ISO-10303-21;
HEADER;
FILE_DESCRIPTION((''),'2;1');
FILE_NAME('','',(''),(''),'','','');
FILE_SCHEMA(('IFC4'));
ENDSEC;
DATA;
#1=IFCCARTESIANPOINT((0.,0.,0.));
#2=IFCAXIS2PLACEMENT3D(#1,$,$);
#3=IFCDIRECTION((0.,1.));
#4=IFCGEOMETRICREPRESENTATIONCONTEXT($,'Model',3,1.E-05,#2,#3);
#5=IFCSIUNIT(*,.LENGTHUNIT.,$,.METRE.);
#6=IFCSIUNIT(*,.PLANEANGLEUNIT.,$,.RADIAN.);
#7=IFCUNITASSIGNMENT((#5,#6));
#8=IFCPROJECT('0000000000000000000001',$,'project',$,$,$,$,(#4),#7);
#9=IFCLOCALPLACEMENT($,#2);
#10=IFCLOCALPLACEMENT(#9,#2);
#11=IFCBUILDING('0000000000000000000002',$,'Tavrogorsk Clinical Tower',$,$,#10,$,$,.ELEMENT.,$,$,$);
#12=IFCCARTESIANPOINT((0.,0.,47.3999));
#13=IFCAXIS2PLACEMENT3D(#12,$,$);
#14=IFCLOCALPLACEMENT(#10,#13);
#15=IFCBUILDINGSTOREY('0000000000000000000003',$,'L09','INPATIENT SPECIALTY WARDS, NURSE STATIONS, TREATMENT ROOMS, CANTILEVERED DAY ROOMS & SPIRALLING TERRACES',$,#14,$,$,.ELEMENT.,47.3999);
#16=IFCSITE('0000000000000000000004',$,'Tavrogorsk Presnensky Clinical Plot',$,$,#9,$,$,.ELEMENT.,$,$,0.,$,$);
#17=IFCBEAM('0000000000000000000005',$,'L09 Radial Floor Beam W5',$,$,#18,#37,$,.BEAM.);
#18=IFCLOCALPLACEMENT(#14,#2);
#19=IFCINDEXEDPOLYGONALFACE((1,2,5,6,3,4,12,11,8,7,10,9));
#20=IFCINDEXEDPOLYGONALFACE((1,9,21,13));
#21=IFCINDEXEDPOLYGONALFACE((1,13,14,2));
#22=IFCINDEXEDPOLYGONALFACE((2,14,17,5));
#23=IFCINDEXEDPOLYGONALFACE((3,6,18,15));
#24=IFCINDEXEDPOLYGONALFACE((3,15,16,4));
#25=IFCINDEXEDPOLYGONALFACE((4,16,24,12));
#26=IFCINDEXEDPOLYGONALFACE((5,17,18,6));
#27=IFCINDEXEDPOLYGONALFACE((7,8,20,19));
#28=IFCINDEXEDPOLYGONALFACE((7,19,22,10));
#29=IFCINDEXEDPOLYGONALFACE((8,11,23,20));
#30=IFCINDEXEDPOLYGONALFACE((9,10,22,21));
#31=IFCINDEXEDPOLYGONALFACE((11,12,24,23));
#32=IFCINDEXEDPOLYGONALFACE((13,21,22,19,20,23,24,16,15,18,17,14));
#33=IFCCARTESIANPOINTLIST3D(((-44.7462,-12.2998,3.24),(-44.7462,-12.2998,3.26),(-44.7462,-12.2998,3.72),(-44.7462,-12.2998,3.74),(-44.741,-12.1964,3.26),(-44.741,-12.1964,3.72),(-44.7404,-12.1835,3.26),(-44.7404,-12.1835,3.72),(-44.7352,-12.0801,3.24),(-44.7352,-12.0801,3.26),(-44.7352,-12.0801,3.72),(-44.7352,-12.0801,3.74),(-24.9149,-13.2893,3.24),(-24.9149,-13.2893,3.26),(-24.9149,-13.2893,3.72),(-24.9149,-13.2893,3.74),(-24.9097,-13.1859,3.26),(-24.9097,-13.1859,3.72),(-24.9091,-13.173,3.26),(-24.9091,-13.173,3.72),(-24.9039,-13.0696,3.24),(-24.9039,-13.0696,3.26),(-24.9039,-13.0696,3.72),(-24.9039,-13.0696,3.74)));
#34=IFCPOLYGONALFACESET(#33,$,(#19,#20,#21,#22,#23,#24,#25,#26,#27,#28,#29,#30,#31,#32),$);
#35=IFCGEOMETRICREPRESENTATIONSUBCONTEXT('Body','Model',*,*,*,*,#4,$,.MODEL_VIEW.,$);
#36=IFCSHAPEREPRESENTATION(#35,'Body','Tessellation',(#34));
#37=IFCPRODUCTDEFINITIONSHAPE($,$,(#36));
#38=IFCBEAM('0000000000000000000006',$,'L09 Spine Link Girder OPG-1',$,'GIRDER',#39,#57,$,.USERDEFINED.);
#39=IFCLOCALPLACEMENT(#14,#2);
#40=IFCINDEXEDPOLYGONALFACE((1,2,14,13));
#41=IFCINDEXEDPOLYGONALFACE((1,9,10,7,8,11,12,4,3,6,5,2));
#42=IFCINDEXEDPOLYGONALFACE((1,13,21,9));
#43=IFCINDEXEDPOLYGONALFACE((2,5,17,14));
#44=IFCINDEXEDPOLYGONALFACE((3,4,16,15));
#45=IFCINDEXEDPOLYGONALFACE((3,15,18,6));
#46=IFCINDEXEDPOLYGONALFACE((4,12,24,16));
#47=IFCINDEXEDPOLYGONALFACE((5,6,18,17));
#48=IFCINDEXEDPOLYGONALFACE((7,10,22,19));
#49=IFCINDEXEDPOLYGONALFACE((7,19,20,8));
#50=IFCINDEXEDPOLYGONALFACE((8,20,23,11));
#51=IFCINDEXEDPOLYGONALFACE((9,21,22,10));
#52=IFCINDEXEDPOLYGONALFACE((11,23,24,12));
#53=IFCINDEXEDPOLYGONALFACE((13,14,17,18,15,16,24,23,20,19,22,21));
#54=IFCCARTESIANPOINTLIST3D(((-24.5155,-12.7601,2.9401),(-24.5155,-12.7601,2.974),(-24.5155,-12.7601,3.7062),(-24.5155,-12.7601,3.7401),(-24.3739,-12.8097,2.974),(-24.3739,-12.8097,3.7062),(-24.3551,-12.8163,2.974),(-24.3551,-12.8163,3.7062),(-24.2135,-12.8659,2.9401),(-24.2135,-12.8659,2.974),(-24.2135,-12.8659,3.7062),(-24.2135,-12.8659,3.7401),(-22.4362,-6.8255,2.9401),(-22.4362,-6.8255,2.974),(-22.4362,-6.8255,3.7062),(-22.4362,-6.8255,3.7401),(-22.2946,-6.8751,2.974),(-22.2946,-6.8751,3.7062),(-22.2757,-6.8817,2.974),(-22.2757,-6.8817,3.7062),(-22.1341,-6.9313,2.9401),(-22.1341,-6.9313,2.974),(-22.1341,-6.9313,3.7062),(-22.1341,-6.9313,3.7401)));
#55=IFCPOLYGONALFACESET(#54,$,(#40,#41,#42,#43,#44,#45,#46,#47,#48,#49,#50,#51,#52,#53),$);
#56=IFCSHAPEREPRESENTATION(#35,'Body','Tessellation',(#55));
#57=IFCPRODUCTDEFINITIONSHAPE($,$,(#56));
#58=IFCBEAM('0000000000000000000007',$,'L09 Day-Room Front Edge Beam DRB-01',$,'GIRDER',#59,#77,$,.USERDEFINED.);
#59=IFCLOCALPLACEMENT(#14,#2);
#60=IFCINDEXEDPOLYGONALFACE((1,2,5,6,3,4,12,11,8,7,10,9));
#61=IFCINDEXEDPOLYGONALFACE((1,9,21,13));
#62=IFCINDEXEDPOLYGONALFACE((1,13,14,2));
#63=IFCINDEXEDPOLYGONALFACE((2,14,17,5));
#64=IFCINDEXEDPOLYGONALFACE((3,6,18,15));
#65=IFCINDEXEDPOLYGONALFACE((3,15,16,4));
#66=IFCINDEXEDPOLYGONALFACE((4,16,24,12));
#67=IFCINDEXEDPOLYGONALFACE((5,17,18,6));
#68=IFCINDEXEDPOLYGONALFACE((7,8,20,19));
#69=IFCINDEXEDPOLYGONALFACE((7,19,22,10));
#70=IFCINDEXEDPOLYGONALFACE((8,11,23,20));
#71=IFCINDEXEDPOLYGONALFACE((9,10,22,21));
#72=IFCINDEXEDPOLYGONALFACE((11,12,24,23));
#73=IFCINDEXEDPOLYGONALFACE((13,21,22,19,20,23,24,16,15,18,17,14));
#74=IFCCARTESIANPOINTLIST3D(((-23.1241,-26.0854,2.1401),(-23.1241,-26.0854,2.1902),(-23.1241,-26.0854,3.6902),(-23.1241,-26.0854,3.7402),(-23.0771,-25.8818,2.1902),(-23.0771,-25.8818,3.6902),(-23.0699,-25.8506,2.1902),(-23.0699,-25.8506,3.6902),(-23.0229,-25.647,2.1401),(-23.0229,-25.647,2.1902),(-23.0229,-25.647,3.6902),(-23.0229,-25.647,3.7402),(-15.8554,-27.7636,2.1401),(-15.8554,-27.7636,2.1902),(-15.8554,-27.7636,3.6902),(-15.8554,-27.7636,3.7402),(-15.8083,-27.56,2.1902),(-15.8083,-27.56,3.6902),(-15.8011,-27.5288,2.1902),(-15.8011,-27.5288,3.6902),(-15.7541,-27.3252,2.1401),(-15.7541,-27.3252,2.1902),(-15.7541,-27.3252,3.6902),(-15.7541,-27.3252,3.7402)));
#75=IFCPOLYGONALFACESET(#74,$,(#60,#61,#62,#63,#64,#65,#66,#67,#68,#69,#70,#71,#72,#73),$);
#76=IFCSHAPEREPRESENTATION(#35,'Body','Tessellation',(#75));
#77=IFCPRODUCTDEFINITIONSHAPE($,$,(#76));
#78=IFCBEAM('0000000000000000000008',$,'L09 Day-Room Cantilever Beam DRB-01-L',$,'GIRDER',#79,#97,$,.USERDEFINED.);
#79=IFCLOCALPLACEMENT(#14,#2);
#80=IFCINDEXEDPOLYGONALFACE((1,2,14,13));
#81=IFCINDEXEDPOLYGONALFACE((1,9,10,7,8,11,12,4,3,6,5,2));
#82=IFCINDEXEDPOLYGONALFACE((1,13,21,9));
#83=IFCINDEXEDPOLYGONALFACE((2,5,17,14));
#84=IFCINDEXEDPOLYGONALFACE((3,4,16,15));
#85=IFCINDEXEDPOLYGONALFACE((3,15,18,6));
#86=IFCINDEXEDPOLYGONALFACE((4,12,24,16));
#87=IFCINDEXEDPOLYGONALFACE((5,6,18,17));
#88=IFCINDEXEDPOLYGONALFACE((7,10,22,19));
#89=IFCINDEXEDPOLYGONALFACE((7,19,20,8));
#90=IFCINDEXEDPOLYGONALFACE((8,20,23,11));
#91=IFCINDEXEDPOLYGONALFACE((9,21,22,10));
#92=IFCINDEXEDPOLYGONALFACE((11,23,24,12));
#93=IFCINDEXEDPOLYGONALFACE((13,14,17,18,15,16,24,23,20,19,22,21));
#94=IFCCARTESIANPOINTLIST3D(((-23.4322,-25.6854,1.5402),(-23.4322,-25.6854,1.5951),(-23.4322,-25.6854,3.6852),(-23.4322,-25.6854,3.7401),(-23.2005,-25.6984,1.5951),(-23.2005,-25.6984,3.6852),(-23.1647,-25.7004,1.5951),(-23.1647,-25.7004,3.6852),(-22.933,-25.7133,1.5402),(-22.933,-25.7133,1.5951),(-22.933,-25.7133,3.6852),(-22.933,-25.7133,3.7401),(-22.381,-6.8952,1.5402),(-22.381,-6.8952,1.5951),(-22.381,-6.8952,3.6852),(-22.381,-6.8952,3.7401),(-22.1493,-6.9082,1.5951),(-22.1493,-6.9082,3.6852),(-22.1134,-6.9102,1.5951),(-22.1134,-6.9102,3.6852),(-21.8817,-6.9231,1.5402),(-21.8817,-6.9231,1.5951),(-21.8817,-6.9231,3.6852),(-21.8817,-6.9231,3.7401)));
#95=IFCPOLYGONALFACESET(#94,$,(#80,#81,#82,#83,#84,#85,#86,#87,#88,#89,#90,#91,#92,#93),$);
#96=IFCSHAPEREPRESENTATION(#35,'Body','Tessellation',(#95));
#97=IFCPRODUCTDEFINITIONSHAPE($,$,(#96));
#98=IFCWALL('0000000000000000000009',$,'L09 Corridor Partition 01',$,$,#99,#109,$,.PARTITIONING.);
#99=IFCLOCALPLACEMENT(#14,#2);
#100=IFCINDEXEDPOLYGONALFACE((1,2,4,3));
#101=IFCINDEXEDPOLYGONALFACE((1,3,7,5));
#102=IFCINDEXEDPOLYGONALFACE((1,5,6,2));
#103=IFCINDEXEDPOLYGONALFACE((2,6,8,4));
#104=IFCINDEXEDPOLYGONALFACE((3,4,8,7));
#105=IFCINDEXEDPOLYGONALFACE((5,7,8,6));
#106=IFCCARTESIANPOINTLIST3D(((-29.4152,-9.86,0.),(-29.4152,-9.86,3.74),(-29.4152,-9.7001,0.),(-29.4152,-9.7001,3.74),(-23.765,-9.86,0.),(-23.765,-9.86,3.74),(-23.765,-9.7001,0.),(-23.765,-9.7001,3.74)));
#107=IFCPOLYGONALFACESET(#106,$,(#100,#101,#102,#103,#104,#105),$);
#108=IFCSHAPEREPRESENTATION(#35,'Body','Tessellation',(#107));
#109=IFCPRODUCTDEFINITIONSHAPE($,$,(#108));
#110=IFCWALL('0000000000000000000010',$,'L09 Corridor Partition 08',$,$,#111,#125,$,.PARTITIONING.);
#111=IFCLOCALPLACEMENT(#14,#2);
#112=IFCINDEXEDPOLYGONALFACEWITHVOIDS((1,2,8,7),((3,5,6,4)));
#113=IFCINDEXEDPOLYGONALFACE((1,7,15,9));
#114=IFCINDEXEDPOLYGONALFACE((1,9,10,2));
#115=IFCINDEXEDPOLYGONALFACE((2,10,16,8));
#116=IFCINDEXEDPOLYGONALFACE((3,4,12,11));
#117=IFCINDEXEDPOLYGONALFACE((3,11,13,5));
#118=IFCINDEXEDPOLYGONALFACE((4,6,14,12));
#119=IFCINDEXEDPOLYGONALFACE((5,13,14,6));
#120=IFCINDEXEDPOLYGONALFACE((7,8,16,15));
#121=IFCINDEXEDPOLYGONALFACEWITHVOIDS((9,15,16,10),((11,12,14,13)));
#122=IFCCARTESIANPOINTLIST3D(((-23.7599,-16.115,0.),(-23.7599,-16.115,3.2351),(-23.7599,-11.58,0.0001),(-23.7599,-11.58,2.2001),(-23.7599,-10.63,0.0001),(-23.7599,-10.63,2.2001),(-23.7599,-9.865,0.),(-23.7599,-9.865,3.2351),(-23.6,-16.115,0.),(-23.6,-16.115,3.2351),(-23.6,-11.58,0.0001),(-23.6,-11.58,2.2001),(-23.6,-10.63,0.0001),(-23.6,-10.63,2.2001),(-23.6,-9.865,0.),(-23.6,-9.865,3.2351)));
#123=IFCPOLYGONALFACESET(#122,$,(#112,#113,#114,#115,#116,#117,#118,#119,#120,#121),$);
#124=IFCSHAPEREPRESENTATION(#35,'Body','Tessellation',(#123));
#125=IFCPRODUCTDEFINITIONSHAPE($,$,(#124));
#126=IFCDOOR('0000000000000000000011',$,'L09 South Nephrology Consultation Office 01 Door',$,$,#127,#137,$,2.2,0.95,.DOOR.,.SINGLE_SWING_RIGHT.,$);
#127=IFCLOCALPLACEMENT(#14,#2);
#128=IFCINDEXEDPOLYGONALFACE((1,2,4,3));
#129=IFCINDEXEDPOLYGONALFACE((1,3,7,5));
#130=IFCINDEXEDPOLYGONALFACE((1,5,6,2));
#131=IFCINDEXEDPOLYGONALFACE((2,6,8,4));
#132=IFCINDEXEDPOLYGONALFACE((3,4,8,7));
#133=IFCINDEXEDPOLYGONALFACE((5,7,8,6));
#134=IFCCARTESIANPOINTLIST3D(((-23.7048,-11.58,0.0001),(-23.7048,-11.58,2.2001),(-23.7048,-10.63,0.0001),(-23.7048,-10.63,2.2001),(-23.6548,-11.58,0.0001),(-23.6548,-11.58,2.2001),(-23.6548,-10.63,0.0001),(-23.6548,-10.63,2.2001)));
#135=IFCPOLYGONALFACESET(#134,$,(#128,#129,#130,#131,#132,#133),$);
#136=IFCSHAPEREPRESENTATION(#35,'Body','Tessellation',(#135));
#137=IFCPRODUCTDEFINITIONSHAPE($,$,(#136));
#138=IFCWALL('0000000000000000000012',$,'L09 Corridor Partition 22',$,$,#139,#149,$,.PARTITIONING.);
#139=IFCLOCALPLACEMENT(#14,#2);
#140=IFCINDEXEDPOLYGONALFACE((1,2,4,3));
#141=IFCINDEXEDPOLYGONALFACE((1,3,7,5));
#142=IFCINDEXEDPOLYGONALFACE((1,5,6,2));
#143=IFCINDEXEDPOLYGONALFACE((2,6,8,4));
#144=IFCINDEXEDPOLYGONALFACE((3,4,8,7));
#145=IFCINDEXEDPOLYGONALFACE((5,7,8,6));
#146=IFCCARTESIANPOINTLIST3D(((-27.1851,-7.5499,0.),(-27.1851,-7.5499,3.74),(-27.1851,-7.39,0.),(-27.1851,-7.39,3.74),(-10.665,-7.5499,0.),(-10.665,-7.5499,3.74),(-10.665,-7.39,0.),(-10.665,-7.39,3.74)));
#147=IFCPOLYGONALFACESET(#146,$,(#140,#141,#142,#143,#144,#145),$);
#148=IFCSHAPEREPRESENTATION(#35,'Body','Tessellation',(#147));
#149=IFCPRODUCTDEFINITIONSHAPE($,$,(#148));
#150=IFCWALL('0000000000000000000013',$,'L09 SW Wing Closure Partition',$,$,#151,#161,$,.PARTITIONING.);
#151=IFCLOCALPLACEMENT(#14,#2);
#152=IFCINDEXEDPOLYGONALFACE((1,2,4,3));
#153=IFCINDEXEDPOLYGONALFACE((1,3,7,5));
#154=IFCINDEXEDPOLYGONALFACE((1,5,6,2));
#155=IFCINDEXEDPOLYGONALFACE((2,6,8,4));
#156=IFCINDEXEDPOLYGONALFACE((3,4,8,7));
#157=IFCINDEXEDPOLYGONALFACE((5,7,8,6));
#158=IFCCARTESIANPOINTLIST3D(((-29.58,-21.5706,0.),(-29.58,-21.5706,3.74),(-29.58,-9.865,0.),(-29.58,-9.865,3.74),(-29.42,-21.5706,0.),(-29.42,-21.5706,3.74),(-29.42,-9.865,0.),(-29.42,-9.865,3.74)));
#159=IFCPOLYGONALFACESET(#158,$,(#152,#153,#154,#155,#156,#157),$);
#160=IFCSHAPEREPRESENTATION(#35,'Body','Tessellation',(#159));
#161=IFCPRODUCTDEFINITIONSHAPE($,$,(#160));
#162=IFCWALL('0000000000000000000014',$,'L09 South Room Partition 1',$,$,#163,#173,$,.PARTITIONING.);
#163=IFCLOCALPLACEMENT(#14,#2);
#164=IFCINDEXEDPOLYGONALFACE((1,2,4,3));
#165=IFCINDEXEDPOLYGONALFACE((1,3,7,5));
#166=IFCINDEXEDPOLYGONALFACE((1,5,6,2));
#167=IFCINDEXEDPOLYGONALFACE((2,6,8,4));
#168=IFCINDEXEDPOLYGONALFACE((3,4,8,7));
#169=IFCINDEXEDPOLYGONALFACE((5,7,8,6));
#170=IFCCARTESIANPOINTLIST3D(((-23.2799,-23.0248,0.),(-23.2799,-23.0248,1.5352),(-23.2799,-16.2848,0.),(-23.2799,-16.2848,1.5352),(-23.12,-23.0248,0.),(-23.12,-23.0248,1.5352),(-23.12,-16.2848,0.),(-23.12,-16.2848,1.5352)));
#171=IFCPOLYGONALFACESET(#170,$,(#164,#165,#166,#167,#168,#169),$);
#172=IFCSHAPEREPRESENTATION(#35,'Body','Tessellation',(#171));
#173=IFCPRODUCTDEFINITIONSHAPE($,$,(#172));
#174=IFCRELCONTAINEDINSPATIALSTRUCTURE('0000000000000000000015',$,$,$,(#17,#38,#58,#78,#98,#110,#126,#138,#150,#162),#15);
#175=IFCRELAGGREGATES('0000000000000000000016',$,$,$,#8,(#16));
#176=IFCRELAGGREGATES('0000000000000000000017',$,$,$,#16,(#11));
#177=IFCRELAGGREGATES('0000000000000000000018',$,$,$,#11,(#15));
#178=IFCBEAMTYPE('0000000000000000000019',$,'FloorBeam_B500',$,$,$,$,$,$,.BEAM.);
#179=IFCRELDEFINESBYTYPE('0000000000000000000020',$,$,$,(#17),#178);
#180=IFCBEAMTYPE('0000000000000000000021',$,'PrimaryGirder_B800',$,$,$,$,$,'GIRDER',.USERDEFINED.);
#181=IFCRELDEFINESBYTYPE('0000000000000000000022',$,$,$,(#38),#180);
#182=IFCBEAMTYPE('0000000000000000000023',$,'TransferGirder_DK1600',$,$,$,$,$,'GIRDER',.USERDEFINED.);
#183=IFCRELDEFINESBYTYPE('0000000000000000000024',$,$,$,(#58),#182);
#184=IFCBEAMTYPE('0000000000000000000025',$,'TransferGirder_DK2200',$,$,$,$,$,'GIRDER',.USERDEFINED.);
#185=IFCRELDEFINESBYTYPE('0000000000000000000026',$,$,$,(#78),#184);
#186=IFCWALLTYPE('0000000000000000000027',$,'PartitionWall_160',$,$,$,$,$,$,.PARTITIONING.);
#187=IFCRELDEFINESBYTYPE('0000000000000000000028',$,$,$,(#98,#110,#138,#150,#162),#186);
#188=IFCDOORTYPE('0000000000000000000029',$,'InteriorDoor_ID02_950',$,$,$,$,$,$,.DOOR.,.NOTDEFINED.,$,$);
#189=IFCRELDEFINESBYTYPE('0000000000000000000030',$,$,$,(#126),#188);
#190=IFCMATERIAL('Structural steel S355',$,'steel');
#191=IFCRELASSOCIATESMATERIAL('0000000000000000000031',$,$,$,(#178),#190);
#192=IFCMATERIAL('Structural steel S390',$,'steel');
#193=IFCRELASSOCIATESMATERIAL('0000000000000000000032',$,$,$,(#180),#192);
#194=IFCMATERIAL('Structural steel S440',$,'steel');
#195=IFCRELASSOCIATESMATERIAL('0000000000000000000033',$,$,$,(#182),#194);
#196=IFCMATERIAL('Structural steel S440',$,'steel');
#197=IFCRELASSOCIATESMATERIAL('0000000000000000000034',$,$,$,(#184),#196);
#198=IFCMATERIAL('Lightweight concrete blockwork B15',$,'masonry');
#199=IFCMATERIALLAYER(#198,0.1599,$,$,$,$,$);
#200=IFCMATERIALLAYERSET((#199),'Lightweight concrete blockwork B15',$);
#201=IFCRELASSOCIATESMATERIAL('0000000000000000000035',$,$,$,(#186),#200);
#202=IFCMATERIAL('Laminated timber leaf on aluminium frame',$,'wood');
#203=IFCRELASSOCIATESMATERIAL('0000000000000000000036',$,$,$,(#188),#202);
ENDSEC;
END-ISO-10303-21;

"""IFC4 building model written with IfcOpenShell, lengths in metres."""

from ifc_helpers import new_model, si_unit, direction, frame, frame_2d, origin, origin_2d, place, context, subcontext, project, spatial, rectangle, i_section, extrude, material, layer, layer_set, material_profile, profile_set, type_object, element, fill, save


model = new_model("IFC4")

# Units and contexts
model_context = context("Model", 3, precision=1e-05, world=origin(), true_north=direction((0.0, 1.0)))
body_context = subcontext(model_context, "Body", "Model", "MODEL_VIEW")
ifc_project = project(units=[si_unit("LENGTHUNIT", "METRE"), si_unit("PLANEANGLEUNIT", "RADIAN")], contexts=[model_context])

# Site, building, storey
site_placement = place(None, origin())
site = spatial("IfcSite", under=ifc_project, at=site_placement, Name="Tavrogorsk Presnensky Clinical Plot", CompositionType="ELEMENT", RefElevation=0.0)
building_placement = place(site_placement, origin())
building = spatial("IfcBuilding", under=site, at=building_placement, Name="Tavrogorsk Clinical Tower", CompositionType="ELEMENT")
storey_placement = place(building_placement, frame((0.0, 0.0, 47.3999)))
storey = spatial("IfcBuildingStorey", under=building, at=storey_placement, Name="L09", Description="INPATIENT SPECIALTY WARDS, NURSE STATIONS, TREATMENT ROOMS, CANTILEVERED DAY ROOMS & SPIRALLING TERRACES", CompositionType="ELEMENT", Elevation=47.3999)

# Beams
ifc_material_1 = material(Name="Structural steel S355", Category="steel")
ifc_material_profile_1 = material_profile(ifc_material_1, i_section(OverallWidth=0.22, OverallDepth=0.5, WebThickness=0.0129, FlangeThickness=0.02, at=origin_2d()), Name="B-500x220x13x20")
ifc_profile_set_1 = profile_set([ifc_material_profile_1], Name="Structural steel S355")
beam_type_1 = type_object("IfcBeamType", Name="FloorBeam_B500", PredefinedType="BEAM", material=ifc_profile_set_1)
beam_1_placement = place(storey_placement, frame((-24.9094, -13.1794, 3.49), z_axis=(-0.998758, 0.049834, 0.0), x_axis=(-0.049834, -0.998758, 0.0)))
element("IfcBeam", 1, at=beam_1_placement, inside=storey, type_object=beam_type_1, Name="L09 Radial Floor Beam W5", PredefinedType="BEAM", context=body_context, shape_type="SweptSolid", body=[
    extrude(i_section(OverallWidth=0.22, OverallDepth=0.5, WebThickness=0.0129, FlangeThickness=0.02, at=origin_2d()), origin(), (0.0, 0.0, 1.0), 19.856),
])
ifc_material_2 = material(Name="Structural steel S390", Category="steel")
ifc_material_profile_2 = material_profile(ifc_material_2, i_section(OverallWidth=0.3201, OverallDepth=0.8, WebThickness=0.02, FlangeThickness=0.0339, at=origin_2d()), Name="B-800x320x20x34")
ifc_profile_set_2 = profile_set([ifc_material_profile_2], Name="Structural steel S390")
beam_type_2 = type_object("IfcBeamType", Name="PrimaryGirder_B800", ElementType="GIRDER", PredefinedType="USERDEFINED", material=ifc_profile_set_2)
beam_2_placement = place(storey_placement, frame((-24.3645, -12.813, 3.3401), z_axis=(0.330669, 0.943747, 0.0), x_axis=(-0.943747, 0.330669, 0.0)))
element("IfcBeam", 2, at=beam_2_placement, inside=storey, type_object=beam_type_2, Name="L09 Spine Link Girder OPG-1", ObjectType="GIRDER", PredefinedType="USERDEFINED", context=body_context, shape_type="SweptSolid", body=[
    extrude(i_section(OverallWidth=0.3201, OverallDepth=0.8, WebThickness=0.02, FlangeThickness=0.0339, at=origin_2d()), origin(), (0.0, 0.0, 1.0), 6.2883),
])
ifc_material_3 = material(Name="Structural steel S440", Category="steel")
ifc_material_profile_3 = material_profile(ifc_material_3, i_section(OverallWidth=0.45, OverallDepth=1.6001, WebThickness=0.032, FlangeThickness=0.05, at=origin_2d()), Name="DK-1600x450x32x50")
ifc_profile_set_3 = profile_set([ifc_material_profile_3], Name="Structural steel S440")
beam_type_3 = type_object("IfcBeamType", Name="TransferGirder_DK1600", ElementType="GIRDER", PredefinedType="USERDEFINED", material=ifc_profile_set_3)
beam_3_placement = place(storey_placement, frame((-23.0735, -25.8662, 2.9402), z_axis=(0.974367, -0.224962, 0.0), x_axis=(0.224962, 0.974367, 0.0)))
element("IfcBeam", 3, at=beam_3_placement, inside=storey, type_object=beam_type_3, Name="L09 Day-Room Front Edge Beam DRB-01", ObjectType="GIRDER", PredefinedType="USERDEFINED", context=body_context, shape_type="SweptSolid", body=[
    extrude(i_section(OverallWidth=0.45, OverallDepth=1.6001, WebThickness=0.032, FlangeThickness=0.05, at=origin_2d()), origin(), (0.0, 0.0, 1.0), 7.46),
])
ifc_material_4 = material(Name="Structural steel S440", Category="steel")
ifc_material_profile_4 = material_profile(ifc_material_4, i_section(OverallWidth=0.5, OverallDepth=2.2, WebThickness=0.0359, FlangeThickness=0.0549, at=origin_2d()), Name="DK-2200x500x36x55")
ifc_profile_set_4 = profile_set([ifc_material_profile_4], Name="Structural steel S440")
beam_type_4 = type_object("IfcBeamType", Name="TransferGirder_DK2200", ElementType="GIRDER", PredefinedType="USERDEFINED", material=ifc_profile_set_4)
beam_4_placement = place(storey_placement, frame((-22.1313, -6.9092, 2.6401), z_axis=(-0.05586, -0.998439, 0.0), x_axis=(0.998439, -0.05586, 0.0)))
element("IfcBeam", 4, at=beam_4_placement, inside=storey, type_object=beam_type_4, Name="L09 Day-Room Cantilever Beam DRB-01-L", ObjectType="GIRDER", PredefinedType="USERDEFINED", context=body_context, shape_type="SweptSolid", body=[
    extrude(i_section(OverallWidth=0.5, OverallDepth=2.2, WebThickness=0.0359, FlangeThickness=0.0549, at=origin_2d()), origin(), (0.0, 0.0, 1.0), 18.8196),
])

# Wall
ifc_material_5 = material(Name="Lightweight concrete blockwork B15", Category="masonry")
ifc_layer_1 = layer(ifc_material_5, 0.1599)
ifc_layer_set_1 = layer_set([ifc_layer_1], Name="Lightweight concrete blockwork B15")
wall_type_1 = type_object("IfcWallType", Name="PartitionWall_160", PredefinedType="PARTITIONING", material=ifc_layer_set_1)
wall_1_placement = place(storey_placement, frame((-23.7649, -9.78, 0.0), z_axis=(0.0, 0.0, 1.0), x_axis=(-1.0, 0.0, 0.0)))
element("IfcWall", 5, at=wall_1_placement, inside=storey, type_object=wall_type_1, Name="L09 Corridor Partition 01", PredefinedType="PARTITIONING", context=body_context, shape_type="SweptSolid", body=[
    extrude(rectangle(XDim=5.6501, YDim=0.1599, at=frame_2d((2.8252, 0.0))), origin(), (0.0, 0.0, 1.0), 3.74),
])

# Wall, opening, door
wall_2_placement = place(storey_placement, frame((-23.6799, -16.115, 0.0), z_axis=(0.0, 0.0, 1.0), x_axis=(0.0, 1.0, 0.0)))
wall_2 = element("IfcWall", 6, at=wall_2_placement, inside=storey, type_object=wall_type_1, Name="L09 Corridor Partition 08", PredefinedType="PARTITIONING", context=body_context, shape_type="SweptSolid", body=[
    extrude(rectangle(XDim=6.25, YDim=0.1599, at=frame_2d((3.125, 0.0))), origin(), (0.0, 0.0, 1.0), 3.2351),
])
opening_placement = place(wall_2_placement, frame((4.5349, 0.0, 0.0)))
opening = element("IfcOpeningElement", 7, at=opening_placement, cuts=wall_2, PredefinedType="OPENING", context=body_context, shape_type="SweptSolid", body=[
    extrude(rectangle(XDim=0.95, YDim=2.2, at=frame_2d((0.4751, 1.1001))), frame((0.0, 0.0898, 0.0), z_axis=(0.0, -1.0, 0.0), x_axis=(1.0, 0.0, 0.0)), (0.0, 0.0, 1.0), 0.1799),
])
ifc_material_6 = material(Name="Laminated timber leaf on aluminium frame", Category="wood")
door_type = type_object("IfcDoorType", Name="InteriorDoor_ID02_950", OperationType="NOTDEFINED", PredefinedType="DOOR", material=ifc_material_6)
door_placement = place(opening_placement, origin())
door = element("IfcDoor", 8, at=door_placement, inside=storey, type_object=door_type, Name="L09 South Nephrology Consultation Office 01 Door", OperationType="SINGLE_SWING_RIGHT", OverallHeight=2.2, OverallWidth=0.95, PredefinedType="DOOR", context=body_context, shape_type="SweptSolid", body=[
    extrude(rectangle(XDim=0.95, YDim=2.2, at=frame_2d((0.4751, 1.1001))), frame((0.0, 0.0249, 0.0), z_axis=(0.0, -1.0, 0.0), x_axis=(1.0, 0.0, 0.0)), (0.0, 0.0, 1.0), 0.05),
])
fill(opening, door)

# Walls
wall_3_placement = place(storey_placement, frame((-27.1851, -7.47, 0.0), z_axis=(0.0, 0.0, 1.0), x_axis=(1.0, 0.0, 0.0)))
element("IfcWall", 9, at=wall_3_placement, inside=storey, type_object=wall_type_1, Name="L09 Corridor Partition 22", PredefinedType="PARTITIONING", context=body_context, shape_type="SweptSolid", body=[
    extrude(rectangle(XDim=16.52, YDim=0.1599, at=frame_2d((8.26, 0.0))), origin(), (0.0, 0.0, 1.0), 3.74),
])
wall_4_placement = place(storey_placement, frame((-29.5, -21.5706, 0.0), z_axis=(0.0, 0.0, 1.0), x_axis=(0.0, 1.0, 0.0)))
element("IfcWall", 10, at=wall_4_placement, inside=storey, type_object=wall_type_1, Name="L09 SW Wing Closure Partition", PredefinedType="PARTITIONING", context=body_context, shape_type="SweptSolid", body=[
    extrude(rectangle(XDim=11.7056, YDim=0.1599, at=frame_2d((5.8528, 0.0))), origin(), (0.0, 0.0, 1.0), 3.74),
])
wall_5_placement = place(storey_placement, frame((-23.2, -23.0249, 0.0), z_axis=(0.0, 0.0, 1.0), x_axis=(0.0, 1.0, 0.0)))
element("IfcWall", 11, at=wall_5_placement, inside=storey, type_object=wall_type_1, Name="L09 South Room Partition 1", PredefinedType="PARTITIONING", context=body_context, shape_type="SweptSolid", body=[
    extrude(rectangle(XDim=6.74, YDim=0.1599, at=frame_2d((3.3701, 0.0))), origin(), (0.0, 0.0, 1.0), 1.5352),
])

save(model, "model.ifc")
